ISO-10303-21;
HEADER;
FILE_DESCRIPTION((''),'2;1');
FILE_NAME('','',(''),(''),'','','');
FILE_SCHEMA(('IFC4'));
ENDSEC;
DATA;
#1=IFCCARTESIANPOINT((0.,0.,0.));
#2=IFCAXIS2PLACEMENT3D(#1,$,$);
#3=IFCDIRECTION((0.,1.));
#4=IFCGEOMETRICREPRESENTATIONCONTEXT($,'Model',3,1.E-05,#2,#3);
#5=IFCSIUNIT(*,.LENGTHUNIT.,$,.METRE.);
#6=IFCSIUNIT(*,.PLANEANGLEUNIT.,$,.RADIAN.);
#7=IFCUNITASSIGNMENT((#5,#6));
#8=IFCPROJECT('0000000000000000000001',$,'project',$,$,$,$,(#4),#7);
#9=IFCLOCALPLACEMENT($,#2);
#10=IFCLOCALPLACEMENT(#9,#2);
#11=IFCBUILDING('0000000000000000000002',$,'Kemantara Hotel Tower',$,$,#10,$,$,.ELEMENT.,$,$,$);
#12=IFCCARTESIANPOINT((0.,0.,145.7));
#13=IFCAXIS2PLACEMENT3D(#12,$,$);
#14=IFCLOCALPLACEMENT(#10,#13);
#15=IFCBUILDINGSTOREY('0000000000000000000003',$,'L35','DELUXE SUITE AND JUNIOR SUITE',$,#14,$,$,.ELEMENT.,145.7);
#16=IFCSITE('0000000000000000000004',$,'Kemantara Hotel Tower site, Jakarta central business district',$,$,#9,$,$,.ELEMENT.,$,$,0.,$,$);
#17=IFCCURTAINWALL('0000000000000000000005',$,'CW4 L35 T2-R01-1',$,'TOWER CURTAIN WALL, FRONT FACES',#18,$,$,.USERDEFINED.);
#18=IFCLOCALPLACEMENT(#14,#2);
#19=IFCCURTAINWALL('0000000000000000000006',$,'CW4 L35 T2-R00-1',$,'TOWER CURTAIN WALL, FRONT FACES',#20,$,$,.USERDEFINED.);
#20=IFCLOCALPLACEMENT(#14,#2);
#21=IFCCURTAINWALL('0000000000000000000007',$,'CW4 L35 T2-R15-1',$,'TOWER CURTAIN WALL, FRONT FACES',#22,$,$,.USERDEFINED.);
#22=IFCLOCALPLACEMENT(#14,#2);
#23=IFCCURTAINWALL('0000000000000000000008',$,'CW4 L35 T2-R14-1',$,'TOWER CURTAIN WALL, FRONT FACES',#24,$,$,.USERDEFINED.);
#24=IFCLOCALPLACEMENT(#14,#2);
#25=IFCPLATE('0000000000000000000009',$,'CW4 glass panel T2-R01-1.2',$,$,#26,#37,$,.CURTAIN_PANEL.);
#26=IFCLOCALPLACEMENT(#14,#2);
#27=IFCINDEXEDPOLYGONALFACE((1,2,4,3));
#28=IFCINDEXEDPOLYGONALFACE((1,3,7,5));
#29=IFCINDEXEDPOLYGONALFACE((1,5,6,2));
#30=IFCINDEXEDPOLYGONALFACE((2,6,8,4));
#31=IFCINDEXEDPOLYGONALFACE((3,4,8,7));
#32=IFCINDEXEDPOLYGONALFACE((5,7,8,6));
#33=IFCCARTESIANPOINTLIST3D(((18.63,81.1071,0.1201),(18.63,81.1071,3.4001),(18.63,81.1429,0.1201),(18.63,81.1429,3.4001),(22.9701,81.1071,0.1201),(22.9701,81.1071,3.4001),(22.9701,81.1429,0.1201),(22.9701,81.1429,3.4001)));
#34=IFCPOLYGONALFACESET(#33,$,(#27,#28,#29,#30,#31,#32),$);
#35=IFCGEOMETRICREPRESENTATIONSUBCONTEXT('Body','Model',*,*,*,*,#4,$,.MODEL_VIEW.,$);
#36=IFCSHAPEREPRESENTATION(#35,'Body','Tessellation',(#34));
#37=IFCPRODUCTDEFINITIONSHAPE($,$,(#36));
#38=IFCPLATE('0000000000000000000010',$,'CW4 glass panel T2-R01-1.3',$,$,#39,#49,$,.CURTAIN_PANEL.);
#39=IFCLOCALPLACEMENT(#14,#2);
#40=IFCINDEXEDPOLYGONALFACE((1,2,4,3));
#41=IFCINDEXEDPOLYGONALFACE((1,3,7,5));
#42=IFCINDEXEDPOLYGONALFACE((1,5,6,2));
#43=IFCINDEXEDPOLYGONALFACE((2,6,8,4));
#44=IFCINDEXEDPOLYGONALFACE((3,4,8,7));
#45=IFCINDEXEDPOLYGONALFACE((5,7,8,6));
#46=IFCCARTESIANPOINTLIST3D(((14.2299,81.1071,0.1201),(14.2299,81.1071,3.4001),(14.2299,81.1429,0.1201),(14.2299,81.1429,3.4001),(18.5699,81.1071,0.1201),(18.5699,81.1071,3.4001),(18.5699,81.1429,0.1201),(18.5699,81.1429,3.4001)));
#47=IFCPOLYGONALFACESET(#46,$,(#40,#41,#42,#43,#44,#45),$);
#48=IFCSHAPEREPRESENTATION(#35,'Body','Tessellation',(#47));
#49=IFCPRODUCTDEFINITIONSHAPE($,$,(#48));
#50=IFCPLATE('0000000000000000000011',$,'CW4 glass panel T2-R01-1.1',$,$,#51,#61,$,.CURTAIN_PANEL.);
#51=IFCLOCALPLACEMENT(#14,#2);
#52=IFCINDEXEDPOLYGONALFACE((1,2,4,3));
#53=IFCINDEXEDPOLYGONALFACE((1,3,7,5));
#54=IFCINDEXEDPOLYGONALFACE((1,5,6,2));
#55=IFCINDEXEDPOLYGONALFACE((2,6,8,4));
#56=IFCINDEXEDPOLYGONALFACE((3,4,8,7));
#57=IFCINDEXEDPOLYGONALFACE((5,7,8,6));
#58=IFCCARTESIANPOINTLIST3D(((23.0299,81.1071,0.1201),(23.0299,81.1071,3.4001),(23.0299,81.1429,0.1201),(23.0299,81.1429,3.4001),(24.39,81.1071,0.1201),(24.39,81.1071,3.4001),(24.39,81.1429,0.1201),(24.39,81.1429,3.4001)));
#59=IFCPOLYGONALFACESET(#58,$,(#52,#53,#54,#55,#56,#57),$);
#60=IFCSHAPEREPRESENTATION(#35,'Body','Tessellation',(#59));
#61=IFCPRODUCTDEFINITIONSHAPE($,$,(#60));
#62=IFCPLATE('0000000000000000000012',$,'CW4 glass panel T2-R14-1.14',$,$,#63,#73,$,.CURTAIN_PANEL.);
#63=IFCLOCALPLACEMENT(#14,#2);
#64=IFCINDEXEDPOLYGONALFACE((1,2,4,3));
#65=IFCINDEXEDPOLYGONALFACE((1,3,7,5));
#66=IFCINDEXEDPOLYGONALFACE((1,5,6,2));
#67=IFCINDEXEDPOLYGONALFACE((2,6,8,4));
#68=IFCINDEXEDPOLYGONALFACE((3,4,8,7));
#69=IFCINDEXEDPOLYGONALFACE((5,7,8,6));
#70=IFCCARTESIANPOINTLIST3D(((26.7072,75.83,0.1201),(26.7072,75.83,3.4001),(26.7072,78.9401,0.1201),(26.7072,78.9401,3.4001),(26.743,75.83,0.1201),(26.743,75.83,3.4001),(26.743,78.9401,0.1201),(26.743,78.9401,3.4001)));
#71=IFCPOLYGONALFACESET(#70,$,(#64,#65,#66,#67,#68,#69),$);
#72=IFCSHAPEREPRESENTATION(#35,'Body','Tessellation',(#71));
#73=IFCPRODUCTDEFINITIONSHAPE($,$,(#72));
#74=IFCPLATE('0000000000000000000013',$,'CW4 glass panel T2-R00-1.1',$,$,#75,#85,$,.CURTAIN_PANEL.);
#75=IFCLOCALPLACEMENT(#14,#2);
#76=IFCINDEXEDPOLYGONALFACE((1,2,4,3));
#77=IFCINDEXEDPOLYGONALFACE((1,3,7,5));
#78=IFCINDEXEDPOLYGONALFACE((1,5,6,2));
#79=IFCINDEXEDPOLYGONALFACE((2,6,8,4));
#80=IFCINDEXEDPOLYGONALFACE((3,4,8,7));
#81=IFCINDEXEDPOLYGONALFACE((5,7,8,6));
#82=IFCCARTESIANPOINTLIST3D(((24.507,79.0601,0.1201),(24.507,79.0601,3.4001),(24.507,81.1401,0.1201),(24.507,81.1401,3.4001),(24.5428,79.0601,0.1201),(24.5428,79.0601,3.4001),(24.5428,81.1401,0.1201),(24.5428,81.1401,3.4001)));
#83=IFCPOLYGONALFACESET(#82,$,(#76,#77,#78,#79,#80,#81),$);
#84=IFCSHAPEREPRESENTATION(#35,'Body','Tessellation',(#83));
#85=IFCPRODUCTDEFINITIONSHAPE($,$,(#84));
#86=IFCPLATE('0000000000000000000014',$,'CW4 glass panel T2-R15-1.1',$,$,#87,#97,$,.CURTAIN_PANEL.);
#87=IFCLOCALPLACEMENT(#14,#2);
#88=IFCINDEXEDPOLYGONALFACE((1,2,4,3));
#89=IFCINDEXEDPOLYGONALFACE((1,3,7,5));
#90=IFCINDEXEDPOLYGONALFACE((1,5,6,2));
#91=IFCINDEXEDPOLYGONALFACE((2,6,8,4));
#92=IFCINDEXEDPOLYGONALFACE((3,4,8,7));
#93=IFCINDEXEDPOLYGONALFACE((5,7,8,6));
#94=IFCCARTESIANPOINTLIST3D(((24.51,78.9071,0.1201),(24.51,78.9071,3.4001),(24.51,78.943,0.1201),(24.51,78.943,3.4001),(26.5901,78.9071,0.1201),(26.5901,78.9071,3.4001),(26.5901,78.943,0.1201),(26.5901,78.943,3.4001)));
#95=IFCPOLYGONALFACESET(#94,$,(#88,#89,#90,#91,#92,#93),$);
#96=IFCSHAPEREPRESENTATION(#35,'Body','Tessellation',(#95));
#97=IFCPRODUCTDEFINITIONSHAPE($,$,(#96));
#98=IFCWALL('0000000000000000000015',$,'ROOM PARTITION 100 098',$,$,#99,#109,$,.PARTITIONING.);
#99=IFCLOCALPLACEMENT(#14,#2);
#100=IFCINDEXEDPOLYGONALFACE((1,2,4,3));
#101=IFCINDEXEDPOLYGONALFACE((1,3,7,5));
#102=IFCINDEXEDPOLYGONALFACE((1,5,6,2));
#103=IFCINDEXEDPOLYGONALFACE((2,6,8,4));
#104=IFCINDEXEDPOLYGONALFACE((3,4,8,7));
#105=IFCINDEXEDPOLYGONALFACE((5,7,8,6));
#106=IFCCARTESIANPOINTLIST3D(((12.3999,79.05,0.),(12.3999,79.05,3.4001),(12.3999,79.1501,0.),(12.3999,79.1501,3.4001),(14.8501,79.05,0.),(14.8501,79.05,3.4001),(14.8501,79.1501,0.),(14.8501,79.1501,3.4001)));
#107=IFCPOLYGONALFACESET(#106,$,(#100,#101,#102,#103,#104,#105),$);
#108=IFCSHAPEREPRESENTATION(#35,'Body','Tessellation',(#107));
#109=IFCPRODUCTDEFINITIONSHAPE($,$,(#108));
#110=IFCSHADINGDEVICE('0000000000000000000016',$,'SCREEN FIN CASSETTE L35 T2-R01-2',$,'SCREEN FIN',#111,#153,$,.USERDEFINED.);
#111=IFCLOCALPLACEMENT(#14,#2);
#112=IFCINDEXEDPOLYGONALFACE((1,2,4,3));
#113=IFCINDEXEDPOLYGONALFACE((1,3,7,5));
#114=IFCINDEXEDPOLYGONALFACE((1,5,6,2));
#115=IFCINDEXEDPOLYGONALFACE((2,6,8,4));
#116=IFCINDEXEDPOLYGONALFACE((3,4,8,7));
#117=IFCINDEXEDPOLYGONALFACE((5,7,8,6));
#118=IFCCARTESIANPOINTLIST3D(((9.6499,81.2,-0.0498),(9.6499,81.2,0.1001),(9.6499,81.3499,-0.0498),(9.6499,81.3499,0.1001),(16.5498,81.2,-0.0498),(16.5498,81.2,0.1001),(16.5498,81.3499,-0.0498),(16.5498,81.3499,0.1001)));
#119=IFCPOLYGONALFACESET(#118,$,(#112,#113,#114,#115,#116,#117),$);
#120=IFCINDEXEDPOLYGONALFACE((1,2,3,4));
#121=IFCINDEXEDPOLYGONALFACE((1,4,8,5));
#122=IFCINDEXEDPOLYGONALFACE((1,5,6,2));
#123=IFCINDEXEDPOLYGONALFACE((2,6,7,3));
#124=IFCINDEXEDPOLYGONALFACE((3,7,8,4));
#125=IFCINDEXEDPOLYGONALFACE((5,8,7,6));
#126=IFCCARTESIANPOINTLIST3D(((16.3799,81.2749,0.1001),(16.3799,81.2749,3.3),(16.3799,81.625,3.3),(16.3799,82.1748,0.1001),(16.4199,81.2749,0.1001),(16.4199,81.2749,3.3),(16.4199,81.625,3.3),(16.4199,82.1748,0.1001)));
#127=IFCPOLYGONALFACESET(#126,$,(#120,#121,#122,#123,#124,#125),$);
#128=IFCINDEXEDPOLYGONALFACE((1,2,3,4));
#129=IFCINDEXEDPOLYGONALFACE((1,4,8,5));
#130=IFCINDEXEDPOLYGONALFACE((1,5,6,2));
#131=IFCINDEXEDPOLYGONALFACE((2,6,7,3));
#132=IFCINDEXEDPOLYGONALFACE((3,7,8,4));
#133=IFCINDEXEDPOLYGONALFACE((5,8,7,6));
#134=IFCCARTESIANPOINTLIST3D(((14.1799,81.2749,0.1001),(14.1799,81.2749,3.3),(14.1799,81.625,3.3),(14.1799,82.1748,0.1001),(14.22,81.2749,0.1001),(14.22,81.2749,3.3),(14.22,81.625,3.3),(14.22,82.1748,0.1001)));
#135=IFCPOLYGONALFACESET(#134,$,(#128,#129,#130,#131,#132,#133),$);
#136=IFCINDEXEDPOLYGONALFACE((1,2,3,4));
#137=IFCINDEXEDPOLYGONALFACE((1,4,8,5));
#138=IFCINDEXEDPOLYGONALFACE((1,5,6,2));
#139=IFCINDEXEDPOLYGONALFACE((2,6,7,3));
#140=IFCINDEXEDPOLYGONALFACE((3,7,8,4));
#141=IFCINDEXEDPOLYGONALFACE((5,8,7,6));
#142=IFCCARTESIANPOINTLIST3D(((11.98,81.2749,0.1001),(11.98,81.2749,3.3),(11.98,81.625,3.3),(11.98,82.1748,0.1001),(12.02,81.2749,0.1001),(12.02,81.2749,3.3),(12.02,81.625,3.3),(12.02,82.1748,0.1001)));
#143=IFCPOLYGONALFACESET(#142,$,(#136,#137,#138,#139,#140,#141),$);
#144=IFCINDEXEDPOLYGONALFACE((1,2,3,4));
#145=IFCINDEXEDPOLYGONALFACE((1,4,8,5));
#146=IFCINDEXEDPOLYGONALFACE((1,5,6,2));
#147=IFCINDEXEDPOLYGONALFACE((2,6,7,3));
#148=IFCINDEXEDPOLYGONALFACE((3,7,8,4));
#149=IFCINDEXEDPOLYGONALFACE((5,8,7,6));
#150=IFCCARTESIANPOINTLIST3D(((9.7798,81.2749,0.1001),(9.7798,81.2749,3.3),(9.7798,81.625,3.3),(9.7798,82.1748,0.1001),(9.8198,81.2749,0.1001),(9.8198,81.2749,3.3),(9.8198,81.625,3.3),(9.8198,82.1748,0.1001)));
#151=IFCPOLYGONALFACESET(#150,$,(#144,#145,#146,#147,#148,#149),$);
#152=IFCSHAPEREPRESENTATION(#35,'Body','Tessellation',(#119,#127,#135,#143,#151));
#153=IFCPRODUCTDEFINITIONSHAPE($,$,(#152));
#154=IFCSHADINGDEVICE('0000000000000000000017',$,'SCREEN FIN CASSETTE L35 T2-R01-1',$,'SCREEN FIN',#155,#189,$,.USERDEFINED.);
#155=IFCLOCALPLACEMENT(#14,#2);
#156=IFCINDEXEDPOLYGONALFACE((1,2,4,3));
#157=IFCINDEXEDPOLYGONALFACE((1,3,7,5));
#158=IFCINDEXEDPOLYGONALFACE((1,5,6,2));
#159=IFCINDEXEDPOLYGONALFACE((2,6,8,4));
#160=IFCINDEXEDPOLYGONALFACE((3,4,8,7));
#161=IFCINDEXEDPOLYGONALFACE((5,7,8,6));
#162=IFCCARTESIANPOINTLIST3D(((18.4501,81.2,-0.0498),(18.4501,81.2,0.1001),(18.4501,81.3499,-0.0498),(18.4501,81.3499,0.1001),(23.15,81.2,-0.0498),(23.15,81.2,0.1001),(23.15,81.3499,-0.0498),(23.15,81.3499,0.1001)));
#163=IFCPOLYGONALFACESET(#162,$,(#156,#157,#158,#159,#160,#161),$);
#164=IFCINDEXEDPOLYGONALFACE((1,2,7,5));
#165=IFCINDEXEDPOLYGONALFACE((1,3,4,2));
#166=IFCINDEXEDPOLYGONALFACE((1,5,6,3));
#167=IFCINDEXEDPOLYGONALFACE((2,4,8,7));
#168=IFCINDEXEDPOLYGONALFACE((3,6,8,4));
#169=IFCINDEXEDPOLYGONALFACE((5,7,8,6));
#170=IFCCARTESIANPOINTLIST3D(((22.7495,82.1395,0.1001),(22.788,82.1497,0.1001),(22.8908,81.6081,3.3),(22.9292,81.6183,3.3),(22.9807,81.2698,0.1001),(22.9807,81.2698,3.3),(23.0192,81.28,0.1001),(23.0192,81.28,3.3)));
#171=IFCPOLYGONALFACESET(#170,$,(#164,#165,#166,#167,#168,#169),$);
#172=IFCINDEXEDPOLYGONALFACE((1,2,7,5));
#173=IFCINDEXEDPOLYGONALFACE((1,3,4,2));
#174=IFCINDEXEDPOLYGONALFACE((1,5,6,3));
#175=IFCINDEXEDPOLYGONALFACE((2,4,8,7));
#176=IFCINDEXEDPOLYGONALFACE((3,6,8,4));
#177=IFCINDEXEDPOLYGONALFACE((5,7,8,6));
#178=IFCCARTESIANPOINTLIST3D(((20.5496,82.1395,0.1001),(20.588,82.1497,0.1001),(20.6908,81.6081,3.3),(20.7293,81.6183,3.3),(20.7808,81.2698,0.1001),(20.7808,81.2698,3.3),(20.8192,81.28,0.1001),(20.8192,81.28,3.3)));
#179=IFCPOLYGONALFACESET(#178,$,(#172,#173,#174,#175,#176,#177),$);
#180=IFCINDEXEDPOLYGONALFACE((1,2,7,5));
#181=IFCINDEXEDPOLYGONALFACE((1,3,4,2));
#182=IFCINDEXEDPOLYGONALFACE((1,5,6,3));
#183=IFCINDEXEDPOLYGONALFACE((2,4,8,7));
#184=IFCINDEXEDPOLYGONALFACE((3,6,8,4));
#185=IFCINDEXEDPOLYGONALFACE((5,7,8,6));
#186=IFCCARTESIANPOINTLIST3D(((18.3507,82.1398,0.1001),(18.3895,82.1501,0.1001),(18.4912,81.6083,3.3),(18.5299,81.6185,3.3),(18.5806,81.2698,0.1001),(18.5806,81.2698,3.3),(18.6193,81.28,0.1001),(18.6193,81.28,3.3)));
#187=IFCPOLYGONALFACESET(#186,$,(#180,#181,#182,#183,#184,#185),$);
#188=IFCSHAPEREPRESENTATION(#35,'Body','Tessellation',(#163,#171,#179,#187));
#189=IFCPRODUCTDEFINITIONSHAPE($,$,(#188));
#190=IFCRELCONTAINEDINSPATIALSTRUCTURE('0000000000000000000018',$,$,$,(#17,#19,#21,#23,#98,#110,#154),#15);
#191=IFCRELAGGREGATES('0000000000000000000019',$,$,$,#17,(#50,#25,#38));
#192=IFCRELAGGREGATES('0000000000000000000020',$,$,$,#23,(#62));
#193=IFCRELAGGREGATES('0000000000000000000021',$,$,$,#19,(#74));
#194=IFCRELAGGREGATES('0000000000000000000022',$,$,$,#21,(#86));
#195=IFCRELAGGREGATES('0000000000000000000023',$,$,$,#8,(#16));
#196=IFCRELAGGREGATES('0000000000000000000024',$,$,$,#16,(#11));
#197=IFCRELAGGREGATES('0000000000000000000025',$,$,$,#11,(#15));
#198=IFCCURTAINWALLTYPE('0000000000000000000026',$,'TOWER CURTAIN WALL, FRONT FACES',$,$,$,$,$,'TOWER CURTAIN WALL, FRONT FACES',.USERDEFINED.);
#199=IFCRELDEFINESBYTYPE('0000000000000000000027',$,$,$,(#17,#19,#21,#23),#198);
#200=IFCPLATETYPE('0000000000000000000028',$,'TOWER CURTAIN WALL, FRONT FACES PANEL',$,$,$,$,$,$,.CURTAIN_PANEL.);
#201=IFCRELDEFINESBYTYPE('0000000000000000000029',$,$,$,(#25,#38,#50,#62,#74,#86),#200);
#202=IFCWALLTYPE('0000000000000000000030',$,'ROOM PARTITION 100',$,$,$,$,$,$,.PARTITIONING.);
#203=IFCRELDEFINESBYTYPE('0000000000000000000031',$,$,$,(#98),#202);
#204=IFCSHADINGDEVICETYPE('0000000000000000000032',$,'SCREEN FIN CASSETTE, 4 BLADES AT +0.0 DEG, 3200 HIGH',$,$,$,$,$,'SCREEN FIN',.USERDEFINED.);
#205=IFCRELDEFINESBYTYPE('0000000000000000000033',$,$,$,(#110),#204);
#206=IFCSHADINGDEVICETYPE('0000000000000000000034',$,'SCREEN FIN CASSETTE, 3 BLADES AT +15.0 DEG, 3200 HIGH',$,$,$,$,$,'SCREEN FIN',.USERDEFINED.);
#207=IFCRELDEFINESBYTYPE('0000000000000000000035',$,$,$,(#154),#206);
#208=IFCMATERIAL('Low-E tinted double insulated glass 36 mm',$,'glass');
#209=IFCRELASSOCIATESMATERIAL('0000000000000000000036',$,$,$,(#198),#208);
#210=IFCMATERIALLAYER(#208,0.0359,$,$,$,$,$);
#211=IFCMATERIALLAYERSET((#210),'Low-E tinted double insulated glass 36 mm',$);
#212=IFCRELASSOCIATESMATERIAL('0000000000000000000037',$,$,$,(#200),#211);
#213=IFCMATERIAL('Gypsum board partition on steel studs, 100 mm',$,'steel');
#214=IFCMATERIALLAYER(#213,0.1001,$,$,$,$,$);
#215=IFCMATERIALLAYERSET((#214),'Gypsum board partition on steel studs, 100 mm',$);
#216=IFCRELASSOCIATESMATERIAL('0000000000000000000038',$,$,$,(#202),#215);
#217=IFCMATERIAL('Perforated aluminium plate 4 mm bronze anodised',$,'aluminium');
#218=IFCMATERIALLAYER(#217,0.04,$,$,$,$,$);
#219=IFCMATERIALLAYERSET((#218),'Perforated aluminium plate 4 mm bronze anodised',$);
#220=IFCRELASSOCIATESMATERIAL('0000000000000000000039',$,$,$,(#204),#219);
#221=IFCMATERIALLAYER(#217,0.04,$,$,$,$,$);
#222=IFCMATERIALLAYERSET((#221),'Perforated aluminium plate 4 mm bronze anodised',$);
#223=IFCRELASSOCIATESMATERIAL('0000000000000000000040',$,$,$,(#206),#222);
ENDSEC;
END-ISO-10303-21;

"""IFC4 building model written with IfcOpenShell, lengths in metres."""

from ifc_helpers import new_model, si_unit, direction, frame, frame_2d, origin, origin_2d, place, context, subcontext, project, spatial, polyline, rectangle, outline, extrude, source, transform, mapped, material, layer, layer_set, type_object, element, aggregate, save


model = new_model("IFC4")

# Units and contexts
model_context = context("Model", 3, precision=1e-05, world=origin(), true_north=direction((0.0, 1.0)))
body_context = subcontext(model_context, "Body", "Model", "MODEL_VIEW")
ifc_project = project(units=[si_unit("LENGTHUNIT", "METRE"), si_unit("PLANEANGLEUNIT", "RADIAN")], contexts=[model_context])

# Site, building, storey
site_placement = place(None, origin())
site = spatial("IfcSite", under=ifc_project, at=site_placement, Name="Kemantara Hotel Tower site, Jakarta central business district", CompositionType="ELEMENT", RefElevation=0.0)
building_placement = place(site_placement, origin())
building = spatial("IfcBuilding", under=site, at=building_placement, Name="Kemantara Hotel Tower", CompositionType="ELEMENT")
storey_placement = place(building_placement, frame((0.0, 0.0, 145.7)))
storey = spatial("IfcBuildingStorey", under=building, at=storey_placement, Name="L35", Description="DELUXE SUITE AND JUNIOR SUITE", CompositionType="ELEMENT", Elevation=145.7)

# Curtain walls
ifc_material_1 = material(Name="Low-E tinted double insulated glass 36 mm", Category="glass")
curtain_wall_type = type_object("IfcCurtainWallType", Name="TOWER CURTAIN WALL, FRONT FACES", ElementType="TOWER CURTAIN WALL, FRONT FACES", PredefinedType="USERDEFINED", material=ifc_material_1)
curtain_wall_1_placement = place(storey_placement, origin())
curtain_wall_1 = element("IfcCurtainWall", 1, at=curtain_wall_1_placement, inside=storey, type_object=curtain_wall_type, Name="CW4 L35 T2-R01-1", ObjectType="TOWER CURTAIN WALL, FRONT FACES", PredefinedType="USERDEFINED")
curtain_wall_2_placement = place(storey_placement, origin())
curtain_wall_2 = element("IfcCurtainWall", 2, at=curtain_wall_2_placement, inside=storey, type_object=curtain_wall_type, Name="CW4 L35 T2-R00-1", ObjectType="TOWER CURTAIN WALL, FRONT FACES", PredefinedType="USERDEFINED")
curtain_wall_3_placement = place(storey_placement, origin())
curtain_wall_3 = element("IfcCurtainWall", 3, at=curtain_wall_3_placement, inside=storey, type_object=curtain_wall_type, Name="CW4 L35 T2-R15-1", ObjectType="TOWER CURTAIN WALL, FRONT FACES", PredefinedType="USERDEFINED")

# Curtain wall
curtain_wall_4_placement = place(storey_placement, origin())
curtain_wall_4 = element("IfcCurtainWall", 4, at=curtain_wall_4_placement, inside=storey, type_object=curtain_wall_type, Name="CW4 L35 T2-R14-1", ObjectType="TOWER CURTAIN WALL, FRONT FACES", PredefinedType="USERDEFINED")

# Plates
ifc_layer_1 = layer(ifc_material_1, 0.0359)
ifc_layer_set_1 = layer_set([ifc_layer_1], Name="Low-E tinted double insulated glass 36 mm")
plate_type = type_object("IfcPlateType", Name="TOWER CURTAIN WALL, FRONT FACES PANEL", PredefinedType="CURTAIN_PANEL", material=ifc_layer_set_1)
shared_shape_1 = source(origin(), body_context, "Body", "SweptSolid", [
    extrude(rectangle(XDim=4.3401, YDim=0.0359, at=origin_2d()), origin(), (0.0, 0.0, 1.0), 3.28),
])
plate_1_placement = place(storey_placement, frame((20.8, 81.125, 0.1201), z_axis=(0.0, 0.0, 1.0), x_axis=(-1.0, 0.0, 0.0)))
plate_1 = element("IfcPlate", 5, at=plate_1_placement, type_object=plate_type, Name="CW4 glass panel T2-R01-1.2", PredefinedType="CURTAIN_PANEL", context=body_context, shape_type="MappedRepresentation", body=[
    mapped(shared_shape_1, transform((0.0, 0.0, 0.0))),
])
plate_2_placement = place(storey_placement, frame((16.3999, 81.125, 0.1201), z_axis=(0.0, 0.0, 1.0), x_axis=(-1.0, 0.0, 0.0)))
plate_2 = element("IfcPlate", 6, at=plate_2_placement, type_object=plate_type, Name="CW4 glass panel T2-R01-1.3", PredefinedType="CURTAIN_PANEL", context=body_context, shape_type="MappedRepresentation", body=[
    mapped(shared_shape_1, transform((0.0, 0.0, 0.0))),
])
shared_shape_2 = source(origin(), body_context, "Body", "SweptSolid", [
    extrude(rectangle(XDim=1.3601, YDim=0.0359, at=origin_2d()), origin(), (0.0, 0.0, 1.0), 3.28),
])
plate_3_placement = place(storey_placement, frame((23.71, 81.125, 0.1201), z_axis=(0.0, 0.0, 1.0), x_axis=(-1.0, 0.0, 0.0)))
plate_3 = element("IfcPlate", 7, at=plate_3_placement, type_object=plate_type, Name="CW4 glass panel T2-R01-1.1", PredefinedType="CURTAIN_PANEL", context=body_context, shape_type="MappedRepresentation", body=[
    mapped(shared_shape_2, transform((0.0, 0.0, 0.0))),
])
aggregate(curtain_wall_1, [plate_3, plate_1, plate_2])
shared_shape_3 = source(origin(), body_context, "Body", "SweptSolid", [
    extrude(rectangle(XDim=3.1101, YDim=0.0359, at=origin_2d()), origin(), (0.0, 0.0, 1.0), 3.28),
])
plate_4_placement = place(storey_placement, frame((26.7251, 77.385, 0.1201), z_axis=(0.0, 0.0, 1.0), x_axis=(0.0, 1.0, 0.0)))
plate_4 = element("IfcPlate", 8, at=plate_4_placement, type_object=plate_type, Name="CW4 glass panel T2-R14-1.14", PredefinedType="CURTAIN_PANEL", context=body_context, shape_type="MappedRepresentation", body=[
    mapped(shared_shape_3, transform((0.0, 0.0, 0.0))),
])
aggregate(curtain_wall_4, [plate_4])
shared_shape_4 = source(origin(), body_context, "Body", "SweptSolid", [
    extrude(rectangle(XDim=2.0801, YDim=0.0359, at=origin_2d()), origin(), (0.0, 0.0, 1.0), 3.28),
])
plate_5_placement = place(storey_placement, frame((24.5249, 80.1001, 0.1201), z_axis=(0.0, 0.0, 1.0), x_axis=(0.0, 1.0, 0.0)))
plate_5 = element("IfcPlate", 9, at=plate_5_placement, type_object=plate_type, Name="CW4 glass panel T2-R00-1.1", PredefinedType="CURTAIN_PANEL", context=body_context, shape_type="MappedRepresentation", body=[
    mapped(shared_shape_4, transform((0.0, 0.0, 0.0))),
])
aggregate(curtain_wall_2, [plate_5])
plate_6_placement = place(storey_placement, frame((25.55, 78.925, 0.1201), z_axis=(0.0, 0.0, 1.0), x_axis=(-1.0, 0.0, 0.0)))
plate_6 = element("IfcPlate", 10, at=plate_6_placement, type_object=plate_type, Name="CW4 glass panel T2-R15-1.1", PredefinedType="CURTAIN_PANEL", context=body_context, shape_type="MappedRepresentation", body=[
    mapped(shared_shape_4, transform((0.0, 0.0, 0.0))),
])
aggregate(curtain_wall_3, [plate_6])

# Wall
ifc_material_2 = material(Name="Gypsum board partition on steel studs, 100 mm", Category="steel")
ifc_layer_2 = layer(ifc_material_2, 0.1001)
ifc_layer_set_2 = layer_set([ifc_layer_2], Name="Gypsum board partition on steel studs, 100 mm")
wall_type = type_object("IfcWallType", Name="ROOM PARTITION 100", PredefinedType="PARTITIONING", material=ifc_layer_set_2)
wall_placement = place(storey_placement, frame((12.3999, 79.1001, 0.0), z_axis=(0.0, 0.0, 1.0), x_axis=(1.0, 0.0, 0.0)))
element("IfcWall", 11, at=wall_placement, inside=storey, type_object=wall_type, Name="ROOM PARTITION 100 098", PredefinedType="PARTITIONING", context=body_context, shape_type="SweptSolid", body=[
    extrude(rectangle(XDim=2.4502, YDim=0.1001, at=frame_2d((1.2251, 0.0))), origin(), (0.0, 0.0, 1.0), 3.4001),
])

# Shading devices
ifc_material_3 = material(Name="Perforated aluminium plate 4 mm bronze anodised", Category="aluminium")
ifc_layer_3 = layer(ifc_material_3, 0.04)
ifc_layer_set_3 = layer_set([ifc_layer_3], Name="Perforated aluminium plate 4 mm bronze anodised")
shading_device_type_1 = type_object("IfcShadingDeviceType", Name="SCREEN FIN CASSETTE, 4 BLADES AT +0.0 DEG, 3200 HIGH", ElementType="SCREEN FIN", PredefinedType="USERDEFINED", material=ifc_layer_set_3)
shared_shape_5 = source(origin(), body_context, "Body", "SweptSolid", [
    extrude(rectangle(XDim=6.8999, YDim=0.1499, at=origin_2d()), frame((3.3, -0.075, -0.1499), z_axis=(0.0, 0.0, 1.0), x_axis=(1.0, 0.0, 0.0)), (0.0, 0.0, 1.0), 0.1499),
    extrude(outline(polyline([(0.0, 0.0), (0.8999, 0.0), (0.3501, 3.2), (0.0, 3.2), (0.0, 0.0)])), frame((0.02, -0.075, 0.0), z_axis=(-1.0, 0.0, 0.0), x_axis=(0.0, -1.0, 0.0)), (0.0, 0.0, 1.0), 0.04),
    extrude(outline(polyline([(0.0, 0.0), (0.8999, 0.0), (0.3501, 3.2), (0.0, 3.2), (0.0, 0.0)])), frame((2.22, -0.075, 0.0), z_axis=(-1.0, 0.0, 0.0), x_axis=(0.0, -1.0, 0.0)), (0.0, 0.0, 1.0), 0.04),
    extrude(outline(polyline([(0.0, 0.0), (0.8999, 0.0), (0.3501, 3.2), (0.0, 3.2), (0.0, 0.0)])), frame((4.4199, -0.075, 0.0), z_axis=(-1.0, 0.0, 0.0), x_axis=(0.0, -1.0, 0.0)), (0.0, 0.0, 1.0), 0.04),
    extrude(outline(polyline([(0.0, 0.0), (0.8999, 0.0), (0.3501, 3.2), (0.0, 3.2), (0.0, 0.0)])), frame((6.6201, -0.075, 0.0), z_axis=(-1.0, 0.0, 0.0), x_axis=(0.0, -1.0, 0.0)), (0.0, 0.0, 1.0), 0.04),
])
shading_device_1_placement = place(storey_placement, frame((16.3999, 81.2, 0.1001), z_axis=(0.0, 0.0, 1.0), x_axis=(-1.0, 0.0, 0.0)))
element("IfcShadingDevice", 12, at=shading_device_1_placement, inside=storey, type_object=shading_device_type_1, Name="SCREEN FIN CASSETTE L35 T2-R01-2", ObjectType="SCREEN FIN", PredefinedType="USERDEFINED", context=body_context, shape_type="MappedRepresentation", body=[
    mapped(shared_shape_5, transform((0.0, 0.0, 0.0))),
])
ifc_layer_4 = layer(ifc_material_3, 0.04)
ifc_layer_set_4 = layer_set([ifc_layer_4], Name="Perforated aluminium plate 4 mm bronze anodised")
shading_device_type_2 = type_object("IfcShadingDeviceType", Name="SCREEN FIN CASSETTE, 3 BLADES AT +15.0 DEG, 3200 HIGH", ElementType="SCREEN FIN", PredefinedType="USERDEFINED", material=ifc_layer_set_4)
shared_shape_6 = source(origin(), body_context, "Body", "SweptSolid", [
    extrude(rectangle(XDim=4.7, YDim=0.1499, at=origin_2d()), frame((2.2, -0.075, -0.1499), z_axis=(0.0, 0.0, 1.0), x_axis=(1.0, 0.0, 0.0)), (0.0, 0.0, 1.0), 0.1499),
    extrude(outline(polyline([(0.0, 0.0), (0.8999, 0.0), (0.3501, 3.2), (0.0, 3.2), (0.0, 0.0)])), frame((0.0193, -0.0698, 0.0), z_axis=(-0.966438, -0.256901, 0.0), x_axis=(0.256901, -0.966438, 0.0)), (0.0, 0.0, 1.0), 0.0398),
    extrude(outline(polyline([(0.0, 0.0), (0.8999, 0.0), (0.3501, 3.2), (0.0, 3.2), (0.0, 0.0)])), frame((2.2192, -0.0698, 0.0), z_axis=(-0.966438, -0.256901, 0.0), x_axis=(0.256901, -0.966438, 0.0)), (0.0, 0.0, 1.0), 0.0398),
    extrude(outline(polyline([(0.0, 0.0), (0.8999, 0.0), (0.3501, 3.2), (0.0, 3.2), (0.0, 0.0)])), frame((4.4194, -0.0698, 0.0), z_axis=(-0.966838, -0.255391, 0.0), x_axis=(0.255391, -0.966838, 0.0)), (0.0, 0.0, 1.0), 0.04),
])
shading_device_2_placement = place(storey_placement, frame((23.0, 81.2, 0.1001), z_axis=(0.0, 0.0, 1.0), x_axis=(-1.0, 0.0, 0.0)))
element("IfcShadingDevice", 13, at=shading_device_2_placement, inside=storey, type_object=shading_device_type_2, Name="SCREEN FIN CASSETTE L35 T2-R01-1", ObjectType="SCREEN FIN", PredefinedType="USERDEFINED", context=body_context, shape_type="MappedRepresentation", body=[
    mapped(shared_shape_6, transform((0.0, 0.0, 0.0))),
])

save(model, "model.ifc")
